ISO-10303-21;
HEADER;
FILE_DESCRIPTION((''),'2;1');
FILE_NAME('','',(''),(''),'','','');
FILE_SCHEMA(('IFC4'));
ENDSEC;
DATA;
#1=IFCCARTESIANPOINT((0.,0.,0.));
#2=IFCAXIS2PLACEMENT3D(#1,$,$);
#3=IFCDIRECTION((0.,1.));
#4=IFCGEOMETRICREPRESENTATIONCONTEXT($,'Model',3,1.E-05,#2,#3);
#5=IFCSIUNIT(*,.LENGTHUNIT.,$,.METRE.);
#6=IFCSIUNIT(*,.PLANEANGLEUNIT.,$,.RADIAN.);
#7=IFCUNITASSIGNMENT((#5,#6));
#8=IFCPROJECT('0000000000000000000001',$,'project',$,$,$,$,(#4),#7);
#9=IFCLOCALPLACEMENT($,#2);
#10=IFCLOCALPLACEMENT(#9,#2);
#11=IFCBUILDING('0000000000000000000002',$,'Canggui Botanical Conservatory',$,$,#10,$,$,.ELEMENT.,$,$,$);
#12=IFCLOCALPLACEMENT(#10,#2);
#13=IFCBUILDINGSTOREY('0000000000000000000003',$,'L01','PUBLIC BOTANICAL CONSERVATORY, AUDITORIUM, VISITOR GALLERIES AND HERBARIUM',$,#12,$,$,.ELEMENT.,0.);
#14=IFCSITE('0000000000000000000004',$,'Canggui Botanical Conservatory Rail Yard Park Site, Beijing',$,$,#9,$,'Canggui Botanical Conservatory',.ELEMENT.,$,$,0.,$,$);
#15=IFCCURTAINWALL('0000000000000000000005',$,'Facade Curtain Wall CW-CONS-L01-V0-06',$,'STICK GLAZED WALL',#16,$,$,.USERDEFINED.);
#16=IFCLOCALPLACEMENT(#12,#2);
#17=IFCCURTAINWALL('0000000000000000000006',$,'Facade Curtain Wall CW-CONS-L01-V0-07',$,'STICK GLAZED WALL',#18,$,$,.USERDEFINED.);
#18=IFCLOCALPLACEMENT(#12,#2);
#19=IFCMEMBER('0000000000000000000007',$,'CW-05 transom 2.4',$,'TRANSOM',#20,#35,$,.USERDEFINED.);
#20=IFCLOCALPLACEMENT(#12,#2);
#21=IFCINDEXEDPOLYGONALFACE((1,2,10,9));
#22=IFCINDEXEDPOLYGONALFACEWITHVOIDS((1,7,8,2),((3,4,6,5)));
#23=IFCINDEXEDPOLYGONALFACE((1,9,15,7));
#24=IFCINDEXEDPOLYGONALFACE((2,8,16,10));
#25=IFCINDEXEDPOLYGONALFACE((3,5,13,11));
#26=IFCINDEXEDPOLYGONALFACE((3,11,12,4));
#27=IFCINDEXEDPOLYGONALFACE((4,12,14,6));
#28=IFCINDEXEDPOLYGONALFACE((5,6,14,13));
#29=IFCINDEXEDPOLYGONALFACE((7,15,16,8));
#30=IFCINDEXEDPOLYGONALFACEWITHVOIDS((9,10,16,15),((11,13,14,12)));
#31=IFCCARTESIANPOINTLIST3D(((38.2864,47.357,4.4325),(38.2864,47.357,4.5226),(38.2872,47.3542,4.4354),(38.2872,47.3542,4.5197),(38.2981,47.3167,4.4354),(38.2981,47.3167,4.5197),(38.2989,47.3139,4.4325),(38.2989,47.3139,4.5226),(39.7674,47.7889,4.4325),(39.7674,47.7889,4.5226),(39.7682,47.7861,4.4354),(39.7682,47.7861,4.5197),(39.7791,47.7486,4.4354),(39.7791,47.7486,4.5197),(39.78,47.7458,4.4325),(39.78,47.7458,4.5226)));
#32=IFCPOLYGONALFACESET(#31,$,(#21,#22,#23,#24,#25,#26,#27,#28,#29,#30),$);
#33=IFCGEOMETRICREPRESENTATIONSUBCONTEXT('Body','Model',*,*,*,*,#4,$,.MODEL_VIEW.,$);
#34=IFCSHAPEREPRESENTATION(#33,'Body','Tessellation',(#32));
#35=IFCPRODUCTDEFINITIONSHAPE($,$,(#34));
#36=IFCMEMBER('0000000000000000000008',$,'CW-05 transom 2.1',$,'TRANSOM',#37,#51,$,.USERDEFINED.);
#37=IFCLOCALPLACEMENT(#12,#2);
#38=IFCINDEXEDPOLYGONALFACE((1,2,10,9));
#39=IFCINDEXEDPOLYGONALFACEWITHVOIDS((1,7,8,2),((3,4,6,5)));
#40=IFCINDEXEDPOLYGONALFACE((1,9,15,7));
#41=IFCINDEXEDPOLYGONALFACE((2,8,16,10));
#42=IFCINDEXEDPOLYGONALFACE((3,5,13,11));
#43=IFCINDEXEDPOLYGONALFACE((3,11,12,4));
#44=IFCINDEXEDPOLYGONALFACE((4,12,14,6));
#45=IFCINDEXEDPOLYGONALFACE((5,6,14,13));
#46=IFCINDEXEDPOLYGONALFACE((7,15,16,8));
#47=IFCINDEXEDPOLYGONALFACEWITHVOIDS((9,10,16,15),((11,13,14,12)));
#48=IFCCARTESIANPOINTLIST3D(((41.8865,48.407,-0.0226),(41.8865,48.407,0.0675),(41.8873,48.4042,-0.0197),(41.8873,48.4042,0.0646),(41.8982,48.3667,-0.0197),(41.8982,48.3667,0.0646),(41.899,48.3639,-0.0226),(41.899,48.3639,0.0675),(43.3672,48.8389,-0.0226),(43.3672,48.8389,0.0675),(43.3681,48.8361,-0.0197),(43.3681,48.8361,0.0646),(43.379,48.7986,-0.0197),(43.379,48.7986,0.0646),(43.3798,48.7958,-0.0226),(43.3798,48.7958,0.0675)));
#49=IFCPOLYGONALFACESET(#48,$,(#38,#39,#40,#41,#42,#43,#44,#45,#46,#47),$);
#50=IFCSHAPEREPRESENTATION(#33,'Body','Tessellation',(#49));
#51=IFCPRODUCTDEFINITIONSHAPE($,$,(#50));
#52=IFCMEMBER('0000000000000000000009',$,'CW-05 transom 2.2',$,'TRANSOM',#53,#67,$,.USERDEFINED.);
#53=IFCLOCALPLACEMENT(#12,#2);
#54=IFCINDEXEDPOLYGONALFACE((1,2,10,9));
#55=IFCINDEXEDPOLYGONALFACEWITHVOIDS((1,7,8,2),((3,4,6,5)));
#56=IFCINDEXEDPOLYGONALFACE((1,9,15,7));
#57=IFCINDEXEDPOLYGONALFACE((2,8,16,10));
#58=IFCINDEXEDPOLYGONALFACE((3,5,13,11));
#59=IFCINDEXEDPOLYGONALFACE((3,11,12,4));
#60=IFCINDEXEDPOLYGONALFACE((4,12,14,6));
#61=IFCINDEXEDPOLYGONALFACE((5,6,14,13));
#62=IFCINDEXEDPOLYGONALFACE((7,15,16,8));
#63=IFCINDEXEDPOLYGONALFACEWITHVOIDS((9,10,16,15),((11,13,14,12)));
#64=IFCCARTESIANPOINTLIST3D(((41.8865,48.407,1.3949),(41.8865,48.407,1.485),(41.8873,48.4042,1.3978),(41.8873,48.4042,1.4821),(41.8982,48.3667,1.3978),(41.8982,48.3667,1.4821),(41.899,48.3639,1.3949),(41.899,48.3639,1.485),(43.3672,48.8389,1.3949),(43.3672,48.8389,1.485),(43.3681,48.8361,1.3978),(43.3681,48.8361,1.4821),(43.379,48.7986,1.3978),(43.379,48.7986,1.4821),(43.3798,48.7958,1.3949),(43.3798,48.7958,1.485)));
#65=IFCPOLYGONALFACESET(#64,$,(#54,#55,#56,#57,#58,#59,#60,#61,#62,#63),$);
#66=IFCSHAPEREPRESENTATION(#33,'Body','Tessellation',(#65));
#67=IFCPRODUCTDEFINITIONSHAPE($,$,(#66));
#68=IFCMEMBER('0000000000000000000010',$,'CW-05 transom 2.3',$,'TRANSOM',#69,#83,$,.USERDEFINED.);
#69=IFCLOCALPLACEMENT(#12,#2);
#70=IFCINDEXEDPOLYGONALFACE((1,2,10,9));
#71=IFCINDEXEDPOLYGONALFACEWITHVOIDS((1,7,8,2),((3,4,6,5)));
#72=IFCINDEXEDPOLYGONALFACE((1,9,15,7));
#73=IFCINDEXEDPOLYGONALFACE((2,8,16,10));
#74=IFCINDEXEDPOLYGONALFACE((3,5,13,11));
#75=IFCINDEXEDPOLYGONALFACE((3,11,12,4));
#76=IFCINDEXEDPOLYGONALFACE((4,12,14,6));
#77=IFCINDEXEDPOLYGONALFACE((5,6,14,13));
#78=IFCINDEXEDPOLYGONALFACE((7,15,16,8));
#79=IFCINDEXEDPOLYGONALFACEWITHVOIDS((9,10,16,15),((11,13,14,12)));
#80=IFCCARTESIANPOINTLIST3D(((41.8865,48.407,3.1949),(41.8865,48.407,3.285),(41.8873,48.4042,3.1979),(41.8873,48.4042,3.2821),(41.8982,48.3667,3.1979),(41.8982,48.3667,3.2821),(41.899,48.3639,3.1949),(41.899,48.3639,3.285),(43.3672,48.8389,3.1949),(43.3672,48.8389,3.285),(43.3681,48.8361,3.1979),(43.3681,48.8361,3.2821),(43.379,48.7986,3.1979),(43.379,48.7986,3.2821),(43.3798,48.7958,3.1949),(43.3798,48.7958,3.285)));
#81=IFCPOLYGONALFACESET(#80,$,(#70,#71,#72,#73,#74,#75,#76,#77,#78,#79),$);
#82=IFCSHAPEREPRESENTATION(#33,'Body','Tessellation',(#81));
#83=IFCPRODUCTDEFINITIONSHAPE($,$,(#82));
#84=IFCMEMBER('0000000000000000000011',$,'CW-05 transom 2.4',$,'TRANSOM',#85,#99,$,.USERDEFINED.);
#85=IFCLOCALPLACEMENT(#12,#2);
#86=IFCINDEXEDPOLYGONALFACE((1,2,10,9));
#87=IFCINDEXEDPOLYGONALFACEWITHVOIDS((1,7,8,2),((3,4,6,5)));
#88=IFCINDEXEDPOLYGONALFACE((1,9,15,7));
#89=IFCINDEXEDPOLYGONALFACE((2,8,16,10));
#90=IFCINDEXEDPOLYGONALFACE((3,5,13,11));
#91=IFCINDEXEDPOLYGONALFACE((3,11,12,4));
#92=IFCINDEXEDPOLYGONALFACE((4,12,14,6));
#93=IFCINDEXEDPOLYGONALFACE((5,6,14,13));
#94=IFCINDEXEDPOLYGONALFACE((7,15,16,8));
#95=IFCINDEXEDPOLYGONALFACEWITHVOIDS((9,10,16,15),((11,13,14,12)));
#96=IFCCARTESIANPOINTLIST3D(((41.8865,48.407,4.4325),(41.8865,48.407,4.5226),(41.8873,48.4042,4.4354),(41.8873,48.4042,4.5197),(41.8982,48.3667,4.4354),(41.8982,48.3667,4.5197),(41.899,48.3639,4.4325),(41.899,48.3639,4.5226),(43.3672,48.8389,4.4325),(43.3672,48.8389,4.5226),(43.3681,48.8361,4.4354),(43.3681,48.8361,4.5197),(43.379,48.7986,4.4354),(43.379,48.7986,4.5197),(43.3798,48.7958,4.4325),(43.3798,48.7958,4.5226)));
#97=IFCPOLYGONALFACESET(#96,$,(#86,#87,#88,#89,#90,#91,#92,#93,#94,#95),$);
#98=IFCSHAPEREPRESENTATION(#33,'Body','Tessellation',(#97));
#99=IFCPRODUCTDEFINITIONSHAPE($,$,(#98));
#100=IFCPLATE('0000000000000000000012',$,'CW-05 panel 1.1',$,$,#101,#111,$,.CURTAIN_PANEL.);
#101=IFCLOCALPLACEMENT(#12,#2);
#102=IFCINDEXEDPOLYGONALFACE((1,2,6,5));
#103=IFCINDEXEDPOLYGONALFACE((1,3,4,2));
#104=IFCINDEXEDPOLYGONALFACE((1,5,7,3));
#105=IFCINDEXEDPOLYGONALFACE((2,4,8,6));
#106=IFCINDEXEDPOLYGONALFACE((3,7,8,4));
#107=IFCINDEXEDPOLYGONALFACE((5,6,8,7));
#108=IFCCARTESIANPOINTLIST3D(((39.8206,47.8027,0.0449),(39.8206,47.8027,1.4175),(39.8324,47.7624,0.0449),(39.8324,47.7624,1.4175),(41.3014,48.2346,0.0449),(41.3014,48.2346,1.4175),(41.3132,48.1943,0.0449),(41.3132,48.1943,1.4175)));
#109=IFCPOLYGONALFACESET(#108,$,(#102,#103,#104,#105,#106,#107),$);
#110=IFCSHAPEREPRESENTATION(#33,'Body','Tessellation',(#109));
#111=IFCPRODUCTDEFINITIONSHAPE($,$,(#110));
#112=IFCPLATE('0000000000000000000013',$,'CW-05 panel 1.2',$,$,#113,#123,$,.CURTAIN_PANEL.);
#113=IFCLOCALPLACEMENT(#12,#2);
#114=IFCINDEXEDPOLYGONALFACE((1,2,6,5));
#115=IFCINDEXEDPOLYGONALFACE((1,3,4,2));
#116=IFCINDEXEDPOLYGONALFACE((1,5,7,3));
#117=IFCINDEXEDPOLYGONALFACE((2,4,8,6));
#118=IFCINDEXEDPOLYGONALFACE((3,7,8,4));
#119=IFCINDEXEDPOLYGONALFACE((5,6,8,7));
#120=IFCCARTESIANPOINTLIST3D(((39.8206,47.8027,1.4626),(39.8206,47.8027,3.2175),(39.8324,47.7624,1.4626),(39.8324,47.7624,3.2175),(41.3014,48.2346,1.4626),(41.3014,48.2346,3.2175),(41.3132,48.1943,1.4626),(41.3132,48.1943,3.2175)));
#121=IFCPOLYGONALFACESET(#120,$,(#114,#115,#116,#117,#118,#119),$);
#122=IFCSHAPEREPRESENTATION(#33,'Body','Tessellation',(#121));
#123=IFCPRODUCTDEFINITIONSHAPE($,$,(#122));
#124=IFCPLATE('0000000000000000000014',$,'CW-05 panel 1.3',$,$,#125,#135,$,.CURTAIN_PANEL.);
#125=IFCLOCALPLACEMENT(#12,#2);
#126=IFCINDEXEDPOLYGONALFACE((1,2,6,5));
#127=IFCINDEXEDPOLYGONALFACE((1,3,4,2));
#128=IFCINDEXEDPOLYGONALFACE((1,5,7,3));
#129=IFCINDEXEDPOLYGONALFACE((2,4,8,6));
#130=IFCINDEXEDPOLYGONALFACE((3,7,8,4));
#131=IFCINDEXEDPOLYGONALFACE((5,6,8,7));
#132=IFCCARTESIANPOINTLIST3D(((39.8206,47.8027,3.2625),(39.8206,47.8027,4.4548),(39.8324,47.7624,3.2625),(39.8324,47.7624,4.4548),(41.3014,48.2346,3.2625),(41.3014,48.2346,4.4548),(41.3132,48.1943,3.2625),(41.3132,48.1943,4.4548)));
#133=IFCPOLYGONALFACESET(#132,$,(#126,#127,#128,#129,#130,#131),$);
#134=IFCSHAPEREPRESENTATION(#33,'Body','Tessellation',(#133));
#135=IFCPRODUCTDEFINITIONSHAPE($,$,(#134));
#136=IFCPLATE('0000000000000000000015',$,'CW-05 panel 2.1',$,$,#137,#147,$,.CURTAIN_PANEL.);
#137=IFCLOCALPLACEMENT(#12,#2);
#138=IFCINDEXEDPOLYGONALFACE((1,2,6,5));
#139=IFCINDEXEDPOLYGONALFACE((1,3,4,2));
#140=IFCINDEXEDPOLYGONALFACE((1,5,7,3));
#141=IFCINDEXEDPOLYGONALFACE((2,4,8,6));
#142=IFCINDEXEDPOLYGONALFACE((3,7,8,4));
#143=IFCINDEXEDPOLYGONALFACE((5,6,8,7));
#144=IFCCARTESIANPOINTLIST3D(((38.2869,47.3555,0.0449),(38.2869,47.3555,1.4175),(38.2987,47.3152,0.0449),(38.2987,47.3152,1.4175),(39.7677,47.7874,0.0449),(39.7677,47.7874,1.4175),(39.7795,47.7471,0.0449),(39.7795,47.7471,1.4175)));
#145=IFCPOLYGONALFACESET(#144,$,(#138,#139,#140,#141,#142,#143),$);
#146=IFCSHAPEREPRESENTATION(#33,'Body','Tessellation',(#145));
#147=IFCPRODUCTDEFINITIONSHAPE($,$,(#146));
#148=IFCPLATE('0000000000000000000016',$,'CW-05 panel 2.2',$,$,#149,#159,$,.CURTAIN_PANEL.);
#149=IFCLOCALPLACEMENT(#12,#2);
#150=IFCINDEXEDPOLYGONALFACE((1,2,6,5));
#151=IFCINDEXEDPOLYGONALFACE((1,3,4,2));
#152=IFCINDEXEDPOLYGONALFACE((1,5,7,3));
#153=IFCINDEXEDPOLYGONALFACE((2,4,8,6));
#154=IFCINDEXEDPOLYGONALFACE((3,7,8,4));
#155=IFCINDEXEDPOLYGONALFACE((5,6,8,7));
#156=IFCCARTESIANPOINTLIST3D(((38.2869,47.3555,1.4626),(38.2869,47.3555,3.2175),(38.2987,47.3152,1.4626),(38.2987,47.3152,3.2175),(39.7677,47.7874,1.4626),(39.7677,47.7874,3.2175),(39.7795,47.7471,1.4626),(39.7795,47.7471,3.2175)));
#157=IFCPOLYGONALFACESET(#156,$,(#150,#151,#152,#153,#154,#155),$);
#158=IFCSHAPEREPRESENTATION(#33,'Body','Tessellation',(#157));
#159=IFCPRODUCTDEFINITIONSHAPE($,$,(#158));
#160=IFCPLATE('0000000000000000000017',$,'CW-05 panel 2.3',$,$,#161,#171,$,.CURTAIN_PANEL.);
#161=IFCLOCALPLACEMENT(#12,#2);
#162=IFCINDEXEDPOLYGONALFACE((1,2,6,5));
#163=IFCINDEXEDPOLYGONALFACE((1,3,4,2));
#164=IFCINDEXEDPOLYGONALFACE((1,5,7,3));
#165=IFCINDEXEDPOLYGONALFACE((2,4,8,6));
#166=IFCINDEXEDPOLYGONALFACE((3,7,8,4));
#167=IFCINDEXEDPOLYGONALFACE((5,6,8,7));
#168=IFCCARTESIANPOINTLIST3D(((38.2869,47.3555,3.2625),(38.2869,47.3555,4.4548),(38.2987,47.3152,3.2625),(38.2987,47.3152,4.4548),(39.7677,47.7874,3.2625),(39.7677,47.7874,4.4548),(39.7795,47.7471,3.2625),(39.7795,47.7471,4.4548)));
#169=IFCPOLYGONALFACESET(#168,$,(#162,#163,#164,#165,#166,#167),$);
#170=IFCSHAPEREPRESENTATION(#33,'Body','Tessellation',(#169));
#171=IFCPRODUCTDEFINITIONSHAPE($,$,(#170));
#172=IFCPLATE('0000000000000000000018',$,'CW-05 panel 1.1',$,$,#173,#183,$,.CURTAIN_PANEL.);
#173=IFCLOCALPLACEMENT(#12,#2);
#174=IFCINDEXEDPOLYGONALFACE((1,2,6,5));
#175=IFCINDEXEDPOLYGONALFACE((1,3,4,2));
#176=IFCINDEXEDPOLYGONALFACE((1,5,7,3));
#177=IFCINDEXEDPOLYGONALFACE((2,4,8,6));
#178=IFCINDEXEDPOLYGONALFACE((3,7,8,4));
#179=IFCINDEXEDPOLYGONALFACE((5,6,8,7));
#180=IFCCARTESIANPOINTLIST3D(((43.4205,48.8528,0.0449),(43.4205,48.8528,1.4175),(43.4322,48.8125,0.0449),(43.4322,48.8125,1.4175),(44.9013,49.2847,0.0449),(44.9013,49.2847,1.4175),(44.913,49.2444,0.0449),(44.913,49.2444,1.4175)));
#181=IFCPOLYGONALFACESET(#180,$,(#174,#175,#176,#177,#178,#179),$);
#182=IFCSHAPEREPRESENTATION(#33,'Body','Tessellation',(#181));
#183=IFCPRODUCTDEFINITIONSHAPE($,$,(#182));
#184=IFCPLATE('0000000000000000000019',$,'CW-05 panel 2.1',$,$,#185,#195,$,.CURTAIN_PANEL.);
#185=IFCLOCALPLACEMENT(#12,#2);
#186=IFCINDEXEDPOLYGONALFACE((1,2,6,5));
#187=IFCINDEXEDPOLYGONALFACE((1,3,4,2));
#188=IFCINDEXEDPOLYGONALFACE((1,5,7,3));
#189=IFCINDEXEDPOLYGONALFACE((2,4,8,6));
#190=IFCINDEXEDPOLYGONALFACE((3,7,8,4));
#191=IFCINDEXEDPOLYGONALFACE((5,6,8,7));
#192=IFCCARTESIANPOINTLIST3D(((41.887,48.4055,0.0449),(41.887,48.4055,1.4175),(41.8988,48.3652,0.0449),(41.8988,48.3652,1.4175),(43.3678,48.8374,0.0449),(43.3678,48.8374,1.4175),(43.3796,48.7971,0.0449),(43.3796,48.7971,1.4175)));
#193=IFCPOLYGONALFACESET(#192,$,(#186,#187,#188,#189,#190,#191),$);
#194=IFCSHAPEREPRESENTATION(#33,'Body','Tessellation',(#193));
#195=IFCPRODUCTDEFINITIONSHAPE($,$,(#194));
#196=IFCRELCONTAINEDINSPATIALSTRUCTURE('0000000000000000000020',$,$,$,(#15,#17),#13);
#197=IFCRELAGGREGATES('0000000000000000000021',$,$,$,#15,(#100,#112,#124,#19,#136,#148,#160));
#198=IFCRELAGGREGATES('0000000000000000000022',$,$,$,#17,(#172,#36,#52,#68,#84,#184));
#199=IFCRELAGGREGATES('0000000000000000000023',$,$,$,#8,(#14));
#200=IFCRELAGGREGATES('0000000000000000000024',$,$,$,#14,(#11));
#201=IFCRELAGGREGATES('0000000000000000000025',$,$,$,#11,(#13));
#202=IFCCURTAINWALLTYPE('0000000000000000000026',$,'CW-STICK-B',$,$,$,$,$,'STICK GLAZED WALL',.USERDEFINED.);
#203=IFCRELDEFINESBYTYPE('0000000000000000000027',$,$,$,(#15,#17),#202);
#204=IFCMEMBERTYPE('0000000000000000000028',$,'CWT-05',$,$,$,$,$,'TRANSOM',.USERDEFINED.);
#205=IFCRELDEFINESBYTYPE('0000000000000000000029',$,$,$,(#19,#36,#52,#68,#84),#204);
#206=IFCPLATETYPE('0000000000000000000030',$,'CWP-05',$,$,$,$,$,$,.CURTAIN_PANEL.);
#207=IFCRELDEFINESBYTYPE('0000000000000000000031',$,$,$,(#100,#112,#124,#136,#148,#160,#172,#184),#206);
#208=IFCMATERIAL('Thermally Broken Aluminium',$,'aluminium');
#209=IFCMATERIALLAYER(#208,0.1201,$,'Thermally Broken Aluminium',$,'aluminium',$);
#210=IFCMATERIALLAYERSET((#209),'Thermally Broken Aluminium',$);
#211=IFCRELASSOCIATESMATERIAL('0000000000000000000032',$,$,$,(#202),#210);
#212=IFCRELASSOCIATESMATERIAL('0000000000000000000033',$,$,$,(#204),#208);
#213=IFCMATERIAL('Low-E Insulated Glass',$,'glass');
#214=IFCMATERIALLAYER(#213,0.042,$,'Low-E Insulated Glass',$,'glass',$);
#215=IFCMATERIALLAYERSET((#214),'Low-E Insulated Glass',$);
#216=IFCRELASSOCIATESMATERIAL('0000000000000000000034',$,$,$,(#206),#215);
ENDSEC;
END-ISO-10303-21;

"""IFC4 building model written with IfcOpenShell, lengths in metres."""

from ifc_helpers import new_model, si_unit, direction, frame, origin, origin_2d, place, context, subcontext, project, spatial, rectangle, hollow_rectangle, extrude, material, layer, layer_set, material_profile, profile_set, type_object, element, aggregate, save


model = new_model("IFC4")

# Units and contexts
model_context = context("Model", 3, precision=1e-05, world=origin(), true_north=direction((0.0, 1.0)))
body_context = subcontext(model_context, "Body", "Model", "MODEL_VIEW")
ifc_project = project(units=[si_unit("LENGTHUNIT", "METRE"), si_unit("PLANEANGLEUNIT", "RADIAN")], contexts=[model_context])

# Site, building, storey
site_placement = place(None, origin())
site = spatial("IfcSite", under=ifc_project, at=site_placement, Name="Canggui Botanical Conservatory Rail Yard Park Site, Beijing", LongName="Canggui Botanical Conservatory", CompositionType="ELEMENT", RefElevation=0.0)
building_placement = place(site_placement, origin())
building = spatial("IfcBuilding", under=site, at=building_placement, Name="Canggui Botanical Conservatory", CompositionType="ELEMENT")
storey_placement = place(building_placement, origin())
storey = spatial("IfcBuildingStorey", under=building, at=storey_placement, Name="L01", Description="PUBLIC BOTANICAL CONSERVATORY, AUDITORIUM, VISITOR GALLERIES AND HERBARIUM", CompositionType="ELEMENT", Elevation=0.0)

# Curtain walls
ifc_material_1 = material(Name="Thermally Broken Aluminium", Category="aluminium")
ifc_layer_1 = layer(ifc_material_1, 0.1201, Name="Thermally Broken Aluminium", Category="aluminium")
ifc_layer_set_1 = layer_set([ifc_layer_1], Name="Thermally Broken Aluminium")
curtain_wall_type = type_object("IfcCurtainWallType", Name="CW-STICK-B", ElementType="STICK GLAZED WALL", PredefinedType="USERDEFINED", material=ifc_layer_set_1)
curtain_wall_1_placement = place(storey_placement, origin())
curtain_wall_1 = element("IfcCurtainWall", 1, at=curtain_wall_1_placement, inside=storey, type_object=curtain_wall_type, Name="Facade Curtain Wall CW-CONS-L01-V0-06", ObjectType="STICK GLAZED WALL", PredefinedType="USERDEFINED")
curtain_wall_2_placement = place(storey_placement, origin())
curtain_wall_2 = element("IfcCurtainWall", 2, at=curtain_wall_2_placement, inside=storey, type_object=curtain_wall_type, Name="Facade Curtain Wall CW-CONS-L01-V0-07", ObjectType="STICK GLAZED WALL", PredefinedType="USERDEFINED")

# Members
ifc_material_profile_1 = material_profile(ifc_material_1, hollow_rectangle(XDim=0.0449, YDim=0.0901, WallThickness=0.0029, at=origin_2d()), Name="CWT 45x90x3")
ifc_profile_set_1 = profile_set([ifc_material_profile_1], Name="Thermally Broken Aluminium")
member_type_1 = type_object("IfcMemberType", Name="CWT-05", ElementType="TRANSOM", PredefinedType="USERDEFINED", material=ifc_profile_set_1)
member_1_placement = place(storey_placement, frame((39.7737, 47.7673, 4.4775), z_axis=(-0.960011, -0.279964, 0.0), x_axis=(0.279964, -0.960011, 0.0)))
member_1 = element("IfcMember", 3, at=member_1_placement, type_object=member_type_1, Name="CW-05 transom 2.4", ObjectType="TRANSOM", PredefinedType="USERDEFINED", context=body_context, shape_type="SweptSolid", body=[
    extrude(hollow_rectangle(XDim=0.0449, YDim=0.0901, WallThickness=0.0029, at=origin_2d()), origin(), (0.0, 0.0, 1.0), 1.5427),
])
member_2_placement = place(storey_placement, frame((43.3735, 48.8174, 0.0225), z_axis=(-0.959998, -0.280006, 0.0), x_axis=(0.280006, -0.959998, 0.0)))
member_2 = element("IfcMember", 4, at=member_2_placement, type_object=member_type_1, Name="CW-05 transom 2.1", ObjectType="TRANSOM", PredefinedType="USERDEFINED", context=body_context, shape_type="SweptSolid", body=[
    extrude(hollow_rectangle(XDim=0.0449, YDim=0.0901, WallThickness=0.0029, at=origin_2d()), origin(), (0.0, 0.0, 1.0), 1.5425),
])
member_3_placement = place(storey_placement, frame((43.3735, 48.8174, 1.4399), z_axis=(-0.959998, -0.280006, 0.0), x_axis=(0.280006, -0.959998, 0.0)))
member_3 = element("IfcMember", 5, at=member_3_placement, type_object=member_type_1, Name="CW-05 transom 2.2", ObjectType="TRANSOM", PredefinedType="USERDEFINED", context=body_context, shape_type="SweptSolid", body=[
    extrude(hollow_rectangle(XDim=0.0449, YDim=0.0901, WallThickness=0.0029, at=origin_2d()), origin(), (0.0, 0.0, 1.0), 1.5425),
])
member_4_placement = place(storey_placement, frame((43.3735, 48.8174, 3.24), z_axis=(-0.959998, -0.280006, 0.0), x_axis=(0.280006, -0.959998, 0.0)))
member_4 = element("IfcMember", 6, at=member_4_placement, type_object=member_type_1, Name="CW-05 transom 2.3", ObjectType="TRANSOM", PredefinedType="USERDEFINED", context=body_context, shape_type="SweptSolid", body=[
    extrude(hollow_rectangle(XDim=0.0449, YDim=0.0901, WallThickness=0.0029, at=origin_2d()), origin(), (0.0, 0.0, 1.0), 1.5425),
])
member_5_placement = place(storey_placement, frame((43.3735, 48.8174, 4.4775), z_axis=(-0.959998, -0.280006, 0.0), x_axis=(0.280006, -0.959998, 0.0)))
member_5 = element("IfcMember", 7, at=member_5_placement, type_object=member_type_1, Name="CW-05 transom 2.4", ObjectType="TRANSOM", PredefinedType="USERDEFINED", context=body_context, shape_type="SweptSolid", body=[
    extrude(hollow_rectangle(XDim=0.0449, YDim=0.0901, WallThickness=0.0029, at=origin_2d()), origin(), (0.0, 0.0, 1.0), 1.5425),
])

# Plates
ifc_material_2 = material(Name="Low-E Insulated Glass", Category="glass")
ifc_layer_2 = layer(ifc_material_2, 0.042, Name="Low-E Insulated Glass", Category="glass")
ifc_layer_set_2 = layer_set([ifc_layer_2], Name="Low-E Insulated Glass")
plate_type_1 = type_object("IfcPlateType", Name="CWP-05", PredefinedType="CURTAIN_PANEL", material=ifc_layer_set_2)
plate_1_placement = place(storey_placement, frame((40.5669, 47.9985, 0.0449), z_axis=(0.0, 0.0, 1.0), x_axis=(-0.96, -0.28, 0.0)))
plate_1 = element("IfcPlate", 8, at=plate_1_placement, type_object=plate_type_1, Name="CW-05 panel 1.1", PredefinedType="CURTAIN_PANEL", context=body_context, shape_type="SweptSolid", body=[
    extrude(rectangle(XDim=1.5425, YDim=0.042, at=origin_2d()), origin(), (0.0, 0.0, 1.0), 1.3726),
])
plate_2_placement = place(storey_placement, frame((40.5669, 47.9985, 1.4626), z_axis=(0.0, 0.0, 1.0), x_axis=(-0.96, -0.28, 0.0)))
plate_2 = element("IfcPlate", 9, at=plate_2_placement, type_object=plate_type_1, Name="CW-05 panel 1.2", PredefinedType="CURTAIN_PANEL", context=body_context, shape_type="SweptSolid", body=[
    extrude(rectangle(XDim=1.5425, YDim=0.042, at=origin_2d()), origin(), (0.0, 0.0, 1.0), 1.7549),
])
plate_3_placement = place(storey_placement, frame((40.5669, 47.9985, 3.2625), z_axis=(0.0, 0.0, 1.0), x_axis=(-0.96, -0.28, 0.0)))
plate_3 = element("IfcPlate", 10, at=plate_3_placement, type_object=plate_type_1, Name="CW-05 panel 1.3", PredefinedType="CURTAIN_PANEL", context=body_context, shape_type="SweptSolid", body=[
    extrude(rectangle(XDim=1.5425, YDim=0.042, at=origin_2d()), origin(), (0.0, 0.0, 1.0), 1.1924),
])
plate_4_placement = place(storey_placement, frame((39.0332, 47.5513, 0.0449), z_axis=(0.0, 0.0, 1.0), x_axis=(-0.96, -0.28, 0.0)))
plate_4 = element("IfcPlate", 11, at=plate_4_placement, type_object=plate_type_1, Name="CW-05 panel 2.1", PredefinedType="CURTAIN_PANEL", context=body_context, shape_type="SweptSolid", body=[
    extrude(rectangle(XDim=1.5425, YDim=0.042, at=origin_2d()), origin(), (0.0, 0.0, 1.0), 1.3726),
])
plate_5_placement = place(storey_placement, frame((39.0332, 47.5513, 1.4626), z_axis=(0.0, 0.0, 1.0), x_axis=(-0.96, -0.28, 0.0)))
plate_5 = element("IfcPlate", 12, at=plate_5_placement, type_object=plate_type_1, Name="CW-05 panel 2.2", PredefinedType="CURTAIN_PANEL", context=body_context, shape_type="SweptSolid", body=[
    extrude(rectangle(XDim=1.5425, YDim=0.042, at=origin_2d()), origin(), (0.0, 0.0, 1.0), 1.7549),
])
plate_6_placement = place(storey_placement, frame((39.0332, 47.5513, 3.2625), z_axis=(0.0, 0.0, 1.0), x_axis=(-0.96, -0.28, 0.0)))
plate_6 = element("IfcPlate", 13, at=plate_6_placement, type_object=plate_type_1, Name="CW-05 panel 2.3", PredefinedType="CURTAIN_PANEL", context=body_context, shape_type="SweptSolid", body=[
    extrude(rectangle(XDim=1.5425, YDim=0.042, at=origin_2d()), origin(), (0.0, 0.0, 1.0), 1.1924),
])
aggregate(curtain_wall_1, [plate_1, plate_2, plate_3, member_1, plate_4, plate_5, plate_6])
plate_7_placement = place(storey_placement, frame((44.1667, 49.0486, 0.0449), z_axis=(0.0, 0.0, 1.0), x_axis=(-0.96, -0.28, 0.0)))
plate_7 = element("IfcPlate", 14, at=plate_7_placement, type_object=plate_type_1, Name="CW-05 panel 1.1", PredefinedType="CURTAIN_PANEL", context=body_context, shape_type="SweptSolid", body=[
    extrude(rectangle(XDim=1.5425, YDim=0.042, at=origin_2d()), origin(), (0.0, 0.0, 1.0), 1.3726),
])
plate_8_placement = place(storey_placement, frame((42.6333, 48.6013, 0.0449), z_axis=(0.0, 0.0, 1.0), x_axis=(-0.96, -0.28, 0.0)))
plate_8 = element("IfcPlate", 15, at=plate_8_placement, type_object=plate_type_1, Name="CW-05 panel 2.1", PredefinedType="CURTAIN_PANEL", context=body_context, shape_type="SweptSolid", body=[
    extrude(rectangle(XDim=1.5425, YDim=0.042, at=origin_2d()), origin(), (0.0, 0.0, 1.0), 1.3726),
])
aggregate(curtain_wall_2, [plate_7, member_2, member_3, member_4, member_5, plate_8])

save(model, "model.ifc")
